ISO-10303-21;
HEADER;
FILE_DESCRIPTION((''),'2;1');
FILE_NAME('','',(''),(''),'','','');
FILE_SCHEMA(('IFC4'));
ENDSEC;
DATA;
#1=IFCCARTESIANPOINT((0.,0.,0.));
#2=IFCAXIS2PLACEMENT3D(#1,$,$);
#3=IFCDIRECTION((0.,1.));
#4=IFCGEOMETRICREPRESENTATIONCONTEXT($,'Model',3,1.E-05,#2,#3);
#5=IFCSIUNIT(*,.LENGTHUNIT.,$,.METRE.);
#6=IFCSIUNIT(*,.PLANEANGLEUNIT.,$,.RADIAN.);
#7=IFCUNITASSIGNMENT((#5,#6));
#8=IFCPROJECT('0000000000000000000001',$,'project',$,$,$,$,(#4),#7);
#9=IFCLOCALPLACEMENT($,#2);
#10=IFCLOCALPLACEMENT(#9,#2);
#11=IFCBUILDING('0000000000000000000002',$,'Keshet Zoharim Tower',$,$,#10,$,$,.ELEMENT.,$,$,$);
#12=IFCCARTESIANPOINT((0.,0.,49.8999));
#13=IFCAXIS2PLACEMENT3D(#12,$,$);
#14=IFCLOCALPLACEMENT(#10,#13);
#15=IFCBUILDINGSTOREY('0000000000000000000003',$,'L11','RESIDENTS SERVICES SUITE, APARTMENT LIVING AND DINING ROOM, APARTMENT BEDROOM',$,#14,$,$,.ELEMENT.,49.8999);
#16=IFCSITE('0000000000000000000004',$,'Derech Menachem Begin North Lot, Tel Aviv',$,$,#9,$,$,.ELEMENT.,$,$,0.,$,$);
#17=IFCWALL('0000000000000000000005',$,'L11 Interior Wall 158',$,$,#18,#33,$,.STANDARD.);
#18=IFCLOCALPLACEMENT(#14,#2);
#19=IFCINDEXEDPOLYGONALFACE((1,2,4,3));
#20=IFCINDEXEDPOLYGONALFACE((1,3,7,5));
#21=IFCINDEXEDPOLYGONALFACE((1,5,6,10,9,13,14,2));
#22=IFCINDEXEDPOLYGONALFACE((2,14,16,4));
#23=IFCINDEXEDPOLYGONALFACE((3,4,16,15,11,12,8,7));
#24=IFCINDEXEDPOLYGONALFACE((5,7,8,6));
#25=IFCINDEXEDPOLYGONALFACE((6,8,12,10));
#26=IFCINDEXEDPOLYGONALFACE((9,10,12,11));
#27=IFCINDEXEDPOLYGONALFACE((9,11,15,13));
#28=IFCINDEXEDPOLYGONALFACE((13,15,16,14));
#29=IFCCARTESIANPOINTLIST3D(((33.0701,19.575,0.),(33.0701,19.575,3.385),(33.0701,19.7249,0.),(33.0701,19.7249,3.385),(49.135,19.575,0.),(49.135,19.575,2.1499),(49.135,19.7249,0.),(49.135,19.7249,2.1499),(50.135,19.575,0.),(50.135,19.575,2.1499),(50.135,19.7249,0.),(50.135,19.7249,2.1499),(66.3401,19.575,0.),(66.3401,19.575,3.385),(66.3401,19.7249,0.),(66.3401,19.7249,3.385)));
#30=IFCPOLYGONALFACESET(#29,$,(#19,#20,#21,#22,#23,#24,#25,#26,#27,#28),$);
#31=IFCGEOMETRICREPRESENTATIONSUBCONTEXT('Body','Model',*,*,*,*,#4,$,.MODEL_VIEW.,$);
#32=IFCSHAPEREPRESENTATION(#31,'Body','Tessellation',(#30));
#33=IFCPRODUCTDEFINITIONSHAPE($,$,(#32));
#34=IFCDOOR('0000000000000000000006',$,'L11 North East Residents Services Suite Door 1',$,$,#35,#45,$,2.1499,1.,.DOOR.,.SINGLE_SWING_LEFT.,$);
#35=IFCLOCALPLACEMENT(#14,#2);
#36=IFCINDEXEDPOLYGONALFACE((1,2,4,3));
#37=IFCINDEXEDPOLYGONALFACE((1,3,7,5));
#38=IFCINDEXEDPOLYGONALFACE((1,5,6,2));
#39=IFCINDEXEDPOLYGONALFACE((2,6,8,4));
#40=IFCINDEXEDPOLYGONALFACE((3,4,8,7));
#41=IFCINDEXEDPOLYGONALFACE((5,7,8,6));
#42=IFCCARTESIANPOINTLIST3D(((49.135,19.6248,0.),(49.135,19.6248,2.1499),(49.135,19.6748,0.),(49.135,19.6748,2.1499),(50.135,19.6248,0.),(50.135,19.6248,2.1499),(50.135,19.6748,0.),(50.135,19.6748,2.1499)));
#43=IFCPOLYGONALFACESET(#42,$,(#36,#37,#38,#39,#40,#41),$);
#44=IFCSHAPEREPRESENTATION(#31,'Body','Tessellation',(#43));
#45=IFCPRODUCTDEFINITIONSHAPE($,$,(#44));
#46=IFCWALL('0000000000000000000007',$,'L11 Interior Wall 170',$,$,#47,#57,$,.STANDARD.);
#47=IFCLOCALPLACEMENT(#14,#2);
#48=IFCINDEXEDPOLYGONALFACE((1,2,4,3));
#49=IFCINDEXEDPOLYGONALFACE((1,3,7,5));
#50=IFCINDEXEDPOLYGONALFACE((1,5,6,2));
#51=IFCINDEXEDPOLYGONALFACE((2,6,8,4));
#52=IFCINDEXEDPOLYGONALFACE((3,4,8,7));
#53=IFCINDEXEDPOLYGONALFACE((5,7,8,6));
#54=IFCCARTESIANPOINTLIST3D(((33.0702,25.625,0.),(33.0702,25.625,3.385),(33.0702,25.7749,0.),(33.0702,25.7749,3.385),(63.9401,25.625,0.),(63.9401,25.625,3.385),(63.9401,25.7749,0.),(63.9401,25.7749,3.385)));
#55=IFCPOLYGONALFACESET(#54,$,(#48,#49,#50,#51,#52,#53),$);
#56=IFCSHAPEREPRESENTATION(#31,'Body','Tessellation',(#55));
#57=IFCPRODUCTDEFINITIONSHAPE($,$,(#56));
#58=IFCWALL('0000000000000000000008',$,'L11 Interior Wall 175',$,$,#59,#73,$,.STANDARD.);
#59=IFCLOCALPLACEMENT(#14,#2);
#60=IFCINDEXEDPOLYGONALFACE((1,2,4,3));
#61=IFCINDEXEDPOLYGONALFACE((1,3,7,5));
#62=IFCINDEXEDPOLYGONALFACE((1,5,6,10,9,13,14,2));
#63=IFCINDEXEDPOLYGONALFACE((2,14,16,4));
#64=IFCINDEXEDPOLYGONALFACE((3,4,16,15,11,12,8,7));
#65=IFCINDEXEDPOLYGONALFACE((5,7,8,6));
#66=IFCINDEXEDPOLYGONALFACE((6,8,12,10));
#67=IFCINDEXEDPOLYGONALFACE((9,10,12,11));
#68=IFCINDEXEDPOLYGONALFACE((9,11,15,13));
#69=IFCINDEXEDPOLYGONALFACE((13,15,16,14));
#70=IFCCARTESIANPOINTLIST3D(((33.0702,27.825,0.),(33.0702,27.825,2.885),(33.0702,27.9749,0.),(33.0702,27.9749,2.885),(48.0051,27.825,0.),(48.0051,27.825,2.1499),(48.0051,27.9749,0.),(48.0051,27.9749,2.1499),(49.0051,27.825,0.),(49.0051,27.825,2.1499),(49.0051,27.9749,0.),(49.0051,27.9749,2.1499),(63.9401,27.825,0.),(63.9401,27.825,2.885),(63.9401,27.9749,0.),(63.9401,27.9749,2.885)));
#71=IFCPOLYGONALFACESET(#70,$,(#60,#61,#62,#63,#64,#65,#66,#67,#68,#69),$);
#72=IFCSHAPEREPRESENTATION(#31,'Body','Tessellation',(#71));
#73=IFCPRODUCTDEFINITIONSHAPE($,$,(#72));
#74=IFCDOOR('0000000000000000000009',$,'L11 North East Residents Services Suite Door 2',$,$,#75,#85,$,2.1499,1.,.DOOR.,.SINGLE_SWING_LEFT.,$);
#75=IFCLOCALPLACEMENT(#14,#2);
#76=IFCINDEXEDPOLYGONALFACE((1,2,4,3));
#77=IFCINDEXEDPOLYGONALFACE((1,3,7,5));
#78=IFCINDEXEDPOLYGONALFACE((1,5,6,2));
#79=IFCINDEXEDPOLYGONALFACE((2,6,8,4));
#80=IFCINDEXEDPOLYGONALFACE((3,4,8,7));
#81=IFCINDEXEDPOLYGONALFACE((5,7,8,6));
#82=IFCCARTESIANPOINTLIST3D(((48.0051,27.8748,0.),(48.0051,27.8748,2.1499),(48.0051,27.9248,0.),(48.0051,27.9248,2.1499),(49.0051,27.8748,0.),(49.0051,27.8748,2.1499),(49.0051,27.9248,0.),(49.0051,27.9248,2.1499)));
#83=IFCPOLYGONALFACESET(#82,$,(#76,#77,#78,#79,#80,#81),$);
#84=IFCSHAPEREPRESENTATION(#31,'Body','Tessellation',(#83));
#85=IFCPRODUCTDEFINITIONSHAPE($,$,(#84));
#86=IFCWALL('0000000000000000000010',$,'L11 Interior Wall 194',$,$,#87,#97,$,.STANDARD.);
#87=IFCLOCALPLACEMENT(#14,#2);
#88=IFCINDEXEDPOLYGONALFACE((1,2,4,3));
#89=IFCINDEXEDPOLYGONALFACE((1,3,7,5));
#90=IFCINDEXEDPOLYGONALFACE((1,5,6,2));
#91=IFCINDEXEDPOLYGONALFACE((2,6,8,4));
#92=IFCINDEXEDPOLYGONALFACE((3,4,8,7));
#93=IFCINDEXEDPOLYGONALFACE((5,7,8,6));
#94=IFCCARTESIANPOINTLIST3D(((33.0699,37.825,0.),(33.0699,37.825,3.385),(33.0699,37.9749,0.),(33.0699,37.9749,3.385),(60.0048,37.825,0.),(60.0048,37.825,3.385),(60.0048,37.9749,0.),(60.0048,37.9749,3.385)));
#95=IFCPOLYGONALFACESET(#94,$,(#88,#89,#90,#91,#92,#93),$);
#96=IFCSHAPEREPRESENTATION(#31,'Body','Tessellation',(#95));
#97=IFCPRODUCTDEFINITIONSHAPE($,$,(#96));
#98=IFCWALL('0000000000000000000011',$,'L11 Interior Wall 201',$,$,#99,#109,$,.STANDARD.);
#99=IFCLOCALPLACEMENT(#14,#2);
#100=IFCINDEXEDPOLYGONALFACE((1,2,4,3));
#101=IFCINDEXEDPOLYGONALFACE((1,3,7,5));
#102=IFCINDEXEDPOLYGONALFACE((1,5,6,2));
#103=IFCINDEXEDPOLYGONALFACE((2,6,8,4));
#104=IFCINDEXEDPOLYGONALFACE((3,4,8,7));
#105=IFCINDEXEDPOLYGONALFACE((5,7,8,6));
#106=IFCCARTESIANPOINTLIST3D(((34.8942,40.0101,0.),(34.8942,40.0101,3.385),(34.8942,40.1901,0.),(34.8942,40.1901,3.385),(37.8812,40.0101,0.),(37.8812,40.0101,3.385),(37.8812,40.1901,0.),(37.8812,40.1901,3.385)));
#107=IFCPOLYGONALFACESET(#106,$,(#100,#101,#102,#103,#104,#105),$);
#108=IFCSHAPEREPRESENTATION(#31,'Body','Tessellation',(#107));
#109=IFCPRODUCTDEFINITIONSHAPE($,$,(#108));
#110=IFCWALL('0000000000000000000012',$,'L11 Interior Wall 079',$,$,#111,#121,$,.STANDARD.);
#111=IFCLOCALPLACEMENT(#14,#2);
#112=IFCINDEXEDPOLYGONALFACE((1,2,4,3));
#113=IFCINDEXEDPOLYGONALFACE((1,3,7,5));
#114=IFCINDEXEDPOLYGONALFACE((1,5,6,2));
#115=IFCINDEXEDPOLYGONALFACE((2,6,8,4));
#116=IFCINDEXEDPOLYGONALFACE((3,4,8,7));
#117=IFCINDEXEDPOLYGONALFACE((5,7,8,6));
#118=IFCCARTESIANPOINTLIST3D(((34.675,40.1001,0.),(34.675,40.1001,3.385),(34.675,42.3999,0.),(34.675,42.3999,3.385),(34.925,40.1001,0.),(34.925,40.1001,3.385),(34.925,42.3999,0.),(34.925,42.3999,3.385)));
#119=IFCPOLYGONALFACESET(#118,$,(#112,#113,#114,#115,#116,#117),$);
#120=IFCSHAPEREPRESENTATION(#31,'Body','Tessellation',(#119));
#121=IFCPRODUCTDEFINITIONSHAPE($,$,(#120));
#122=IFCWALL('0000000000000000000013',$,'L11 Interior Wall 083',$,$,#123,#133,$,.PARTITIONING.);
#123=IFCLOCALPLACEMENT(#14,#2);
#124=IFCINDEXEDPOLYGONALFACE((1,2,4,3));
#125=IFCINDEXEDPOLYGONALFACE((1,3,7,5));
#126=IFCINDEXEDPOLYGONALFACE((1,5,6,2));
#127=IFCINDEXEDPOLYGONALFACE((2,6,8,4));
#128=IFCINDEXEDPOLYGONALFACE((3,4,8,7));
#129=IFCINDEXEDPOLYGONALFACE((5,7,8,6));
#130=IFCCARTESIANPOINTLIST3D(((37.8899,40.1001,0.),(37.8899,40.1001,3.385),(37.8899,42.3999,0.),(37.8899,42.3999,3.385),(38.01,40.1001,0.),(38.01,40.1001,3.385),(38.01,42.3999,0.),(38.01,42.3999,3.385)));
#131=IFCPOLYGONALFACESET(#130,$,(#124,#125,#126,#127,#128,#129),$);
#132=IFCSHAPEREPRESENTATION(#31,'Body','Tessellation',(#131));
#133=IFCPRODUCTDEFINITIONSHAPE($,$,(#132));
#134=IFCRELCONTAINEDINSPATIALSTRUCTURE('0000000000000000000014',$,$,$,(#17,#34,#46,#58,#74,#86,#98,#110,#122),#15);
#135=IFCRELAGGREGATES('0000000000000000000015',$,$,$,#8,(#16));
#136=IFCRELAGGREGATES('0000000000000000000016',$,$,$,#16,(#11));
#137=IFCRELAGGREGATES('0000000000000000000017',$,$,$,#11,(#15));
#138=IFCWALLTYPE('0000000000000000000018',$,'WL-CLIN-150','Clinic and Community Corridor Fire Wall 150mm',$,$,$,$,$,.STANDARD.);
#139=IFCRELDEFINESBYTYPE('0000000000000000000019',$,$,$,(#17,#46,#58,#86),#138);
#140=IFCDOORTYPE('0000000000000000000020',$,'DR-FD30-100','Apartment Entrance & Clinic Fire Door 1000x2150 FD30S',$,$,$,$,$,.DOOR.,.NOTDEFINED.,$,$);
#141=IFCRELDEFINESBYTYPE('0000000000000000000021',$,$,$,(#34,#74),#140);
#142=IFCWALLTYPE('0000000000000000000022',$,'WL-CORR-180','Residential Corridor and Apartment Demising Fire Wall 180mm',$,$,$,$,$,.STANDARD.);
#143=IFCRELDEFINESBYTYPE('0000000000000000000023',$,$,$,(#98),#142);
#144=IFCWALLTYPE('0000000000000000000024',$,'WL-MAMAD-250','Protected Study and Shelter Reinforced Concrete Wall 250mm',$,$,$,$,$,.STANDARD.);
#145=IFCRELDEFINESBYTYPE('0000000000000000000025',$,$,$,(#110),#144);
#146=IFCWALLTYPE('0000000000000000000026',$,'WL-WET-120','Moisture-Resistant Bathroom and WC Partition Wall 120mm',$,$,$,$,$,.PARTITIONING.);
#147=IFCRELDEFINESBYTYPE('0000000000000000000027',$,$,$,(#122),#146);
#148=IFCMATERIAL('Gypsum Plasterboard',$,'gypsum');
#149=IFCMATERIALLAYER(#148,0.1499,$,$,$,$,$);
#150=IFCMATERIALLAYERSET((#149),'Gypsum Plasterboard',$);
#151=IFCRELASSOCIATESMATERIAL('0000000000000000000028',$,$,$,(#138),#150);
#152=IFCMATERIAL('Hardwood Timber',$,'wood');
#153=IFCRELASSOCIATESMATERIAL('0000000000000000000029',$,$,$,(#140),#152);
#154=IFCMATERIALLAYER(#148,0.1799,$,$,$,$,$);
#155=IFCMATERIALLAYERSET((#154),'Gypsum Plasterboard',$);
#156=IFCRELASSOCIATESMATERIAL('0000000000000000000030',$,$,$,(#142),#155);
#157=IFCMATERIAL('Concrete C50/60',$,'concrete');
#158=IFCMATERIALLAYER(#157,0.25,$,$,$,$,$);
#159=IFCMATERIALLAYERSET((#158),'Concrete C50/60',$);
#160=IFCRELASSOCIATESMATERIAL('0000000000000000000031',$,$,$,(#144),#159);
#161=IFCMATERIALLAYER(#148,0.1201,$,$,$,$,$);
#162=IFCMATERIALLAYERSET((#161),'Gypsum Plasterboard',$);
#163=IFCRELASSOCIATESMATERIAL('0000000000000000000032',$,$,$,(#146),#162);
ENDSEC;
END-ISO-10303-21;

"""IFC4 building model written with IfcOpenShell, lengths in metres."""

from ifc_helpers import new_model, si_unit, direction, frame, frame_2d, origin, place, context, subcontext, project, spatial, rectangle, extrude, material, layer, layer_set, type_object, element, fill, save


model = new_model("IFC4")

# Units and contexts
model_context = context("Model", 3, precision=1e-05, world=origin(), true_north=direction((0.0, 1.0)))
body_context = subcontext(model_context, "Body", "Model", "MODEL_VIEW")
ifc_project = project(units=[si_unit("LENGTHUNIT", "METRE"), si_unit("PLANEANGLEUNIT", "RADIAN")], contexts=[model_context])

# Site, building, storey
site_placement = place(None, origin())
site = spatial("IfcSite", under=ifc_project, at=site_placement, Name="Derech Menachem Begin North Lot, Tel Aviv", CompositionType="ELEMENT", RefElevation=0.0)
building_placement = place(site_placement, origin())
building = spatial("IfcBuilding", under=site, at=building_placement, Name="Keshet Zoharim Tower", CompositionType="ELEMENT")
storey_placement = place(building_placement, frame((0.0, 0.0, 49.8999)))
storey = spatial("IfcBuildingStorey", under=building, at=storey_placement, Name="L11", Description="RESIDENTS SERVICES SUITE, APARTMENT LIVING AND DINING ROOM, APARTMENT BEDROOM", CompositionType="ELEMENT", Elevation=49.8999)

# Shared definitions
ifc_material_1 = material(Name="Gypsum Plasterboard", Category="gypsum")
ifc_layer_1 = layer(ifc_material_1, 0.1499)
ifc_layer_set_1 = layer_set([ifc_layer_1], Name="Gypsum Plasterboard")
wall_type_1 = type_object("IfcWallType", Name="WL-CLIN-150", Description="Clinic and Community Corridor Fire Wall 150mm", PredefinedType="STANDARD", material=ifc_layer_set_1)

# Wall, opening, door
wall_1_placement = place(storey_placement, frame((33.0701, 19.6499, 0.0), z_axis=(0.0, 0.0, 1.0), x_axis=(1.0, 0.0, 0.0)))
wall_1 = element("IfcWall", 1, at=wall_1_placement, inside=storey, type_object=wall_type_1, Name="L11 Interior Wall 158", PredefinedType="STANDARD", context=body_context, shape_type="SweptSolid", body=[
    extrude(rectangle(XDim=33.27, YDim=0.1499, at=frame_2d((16.635, 0.0))), origin(), (0.0, 0.0, 1.0), 3.385),
])
opening_1_placement = place(wall_1_placement, frame((16.0649, 0.0, 0.0)))
opening_1 = element("IfcOpeningElement", 2, at=opening_1_placement, cuts=wall_1, PredefinedType="OPENING", context=body_context, shape_type="SweptSolid", body=[
    extrude(rectangle(XDim=1.0, YDim=2.1499, at=frame_2d((0.5, 1.075))), frame((0.0, 0.085, 0.0), z_axis=(0.0, -1.0, 0.0), x_axis=(1.0, 0.0, 0.0)), (0.0, 0.0, 1.0), 0.1699),
])
ifc_material_2 = material(Name="Hardwood Timber", Category="wood")
door_type = type_object("IfcDoorType", Name="DR-FD30-100", Description="Apartment Entrance & Clinic Fire Door 1000x2150 FD30S", OperationType="NOTDEFINED", PredefinedType="DOOR", material=ifc_material_2)
door_1_placement = place(opening_1_placement, origin())
door_1 = element("IfcDoor", 3, at=door_1_placement, inside=storey, type_object=door_type, Name="L11 North East Residents Services Suite Door 1", OperationType="SINGLE_SWING_LEFT", OverallHeight=2.1499, OverallWidth=1.0, PredefinedType="DOOR", context=body_context, shape_type="SweptSolid", body=[
    extrude(rectangle(XDim=1.0, YDim=2.1499, at=frame_2d((0.5, 1.075))), frame((0.0, 0.0249, 0.0), z_axis=(0.0, -1.0, 0.0), x_axis=(1.0, 0.0, 0.0)), (0.0, 0.0, 1.0), 0.05),
])
fill(opening_1, door_1)

# Wall
wall_2_placement = place(storey_placement, frame((33.0701, 25.7, 0.0), z_axis=(0.0, 0.0, 1.0), x_axis=(1.0, 0.0, 0.0)))
element("IfcWall", 4, at=wall_2_placement, inside=storey, type_object=wall_type_1, Name="L11 Interior Wall 170", PredefinedType="STANDARD", context=body_context, shape_type="SweptSolid", body=[
    extrude(rectangle(XDim=30.8699, YDim=0.1499, at=frame_2d((15.4351, 0.0))), origin(), (0.0, 0.0, 1.0), 3.385),
])

# Wall, opening, door
wall_3_placement = place(storey_placement, frame((33.0701, 27.8999, 0.0), z_axis=(0.0, 0.0, 1.0), x_axis=(1.0, 0.0, 0.0)))
wall_3 = element("IfcWall", 5, at=wall_3_placement, inside=storey, type_object=wall_type_1, Name="L11 Interior Wall 175", PredefinedType="STANDARD", context=body_context, shape_type="SweptSolid", body=[
    extrude(rectangle(XDim=30.8699, YDim=0.1499, at=frame_2d((15.4351, 0.0))), origin(), (0.0, 0.0, 1.0), 2.885),
])
opening_2_placement = place(wall_3_placement, frame((14.9351, 0.0, 0.0)))
opening_2 = element("IfcOpeningElement", 6, at=opening_2_placement, cuts=wall_3, PredefinedType="OPENING", context=body_context, shape_type="SweptSolid", body=[
    extrude(rectangle(XDim=1.0, YDim=2.1499, at=frame_2d((0.5, 1.075))), frame((0.0, 0.085, 0.0), z_axis=(0.0, -1.0, 0.0), x_axis=(1.0, 0.0, 0.0)), (0.0, 0.0, 1.0), 0.1699),
])
door_2_placement = place(opening_2_placement, origin())
door_2 = element("IfcDoor", 7, at=door_2_placement, inside=storey, type_object=door_type, Name="L11 North East Residents Services Suite Door 2", OperationType="SINGLE_SWING_LEFT", OverallHeight=2.1499, OverallWidth=1.0, PredefinedType="DOOR", context=body_context, shape_type="SweptSolid", body=[
    extrude(rectangle(XDim=1.0, YDim=2.1499, at=frame_2d((0.5, 1.075))), frame((0.0, 0.0249, 0.0), z_axis=(0.0, -1.0, 0.0), x_axis=(1.0, 0.0, 0.0)), (0.0, 0.0, 1.0), 0.05),
])
fill(opening_2, door_2)

# Walls
wall_4_placement = place(storey_placement, frame((33.0701, 37.8999, 0.0), z_axis=(0.0, 0.0, 1.0), x_axis=(1.0, 0.0, 0.0)))
element("IfcWall", 8, at=wall_4_placement, inside=storey, type_object=wall_type_1, Name="L11 Interior Wall 194", PredefinedType="STANDARD", context=body_context, shape_type="SweptSolid", body=[
    extrude(rectangle(XDim=26.9348, YDim=0.1499, at=frame_2d((13.4673, 0.0))), origin(), (0.0, 0.0, 1.0), 3.385),
])
ifc_layer_2 = layer(ifc_material_1, 0.1799)
ifc_layer_set_2 = layer_set([ifc_layer_2], Name="Gypsum Plasterboard")
wall_type_2 = type_object("IfcWallType", Name="WL-CORR-180", Description="Residential Corridor and Apartment Demising Fire Wall 180mm", PredefinedType="STANDARD", material=ifc_layer_set_2)
wall_5_placement = place(storey_placement, frame((34.894, 40.1001, 0.0), z_axis=(0.0, 0.0, 1.0), x_axis=(1.0, 0.0, 0.0)))
element("IfcWall", 9, at=wall_5_placement, inside=storey, type_object=wall_type_2, Name="L11 Interior Wall 201", PredefinedType="STANDARD", context=body_context, shape_type="SweptSolid", body=[
    extrude(rectangle(XDim=2.9871, YDim=0.1799, at=frame_2d((1.4937, 0.0))), origin(), (0.0, 0.0, 1.0), 3.385),
])
ifc_material_3 = material(Name="Concrete C50/60", Category="concrete")
ifc_layer_3 = layer(ifc_material_3, 0.25)
ifc_layer_set_3 = layer_set([ifc_layer_3], Name="Concrete C50/60")
wall_type_3 = type_object("IfcWallType", Name="WL-MAMAD-250", Description="Protected Study and Shelter Reinforced Concrete Wall 250mm", PredefinedType="STANDARD", material=ifc_layer_set_3)
wall_6_placement = place(storey_placement, frame((34.8, 40.1001, 0.0), z_axis=(0.0, 0.0, 1.0), x_axis=(0.0, 1.0, 0.0)))
element("IfcWall", 10, at=wall_6_placement, inside=storey, type_object=wall_type_3, Name="L11 Interior Wall 079", PredefinedType="STANDARD", context=body_context, shape_type="SweptSolid", body=[
    extrude(rectangle(XDim=2.2998, YDim=0.25, at=frame_2d((1.1499, 0.0))), origin(), (0.0, 0.0, 1.0), 3.385),
])
ifc_layer_4 = layer(ifc_material_1, 0.1201)
ifc_layer_set_4 = layer_set([ifc_layer_4], Name="Gypsum Plasterboard")
wall_type_4 = type_object("IfcWallType", Name="WL-WET-120", Description="Moisture-Resistant Bathroom and WC Partition Wall 120mm", PredefinedType="PARTITIONING", material=ifc_layer_set_4)
wall_7_placement = place(storey_placement, frame((37.95, 40.1001, 0.0), z_axis=(0.0, 0.0, 1.0), x_axis=(0.0, 1.0, 0.0)))
element("IfcWall", 11, at=wall_7_placement, inside=storey, type_object=wall_type_4, Name="L11 Interior Wall 083", PredefinedType="PARTITIONING", context=body_context, shape_type="SweptSolid", body=[
    extrude(rectangle(XDim=2.2998, YDim=0.1201, at=frame_2d((1.1499, 0.0))), origin(), (0.0, 0.0, 1.0), 3.385),
])

save(model, "model.ifc")
